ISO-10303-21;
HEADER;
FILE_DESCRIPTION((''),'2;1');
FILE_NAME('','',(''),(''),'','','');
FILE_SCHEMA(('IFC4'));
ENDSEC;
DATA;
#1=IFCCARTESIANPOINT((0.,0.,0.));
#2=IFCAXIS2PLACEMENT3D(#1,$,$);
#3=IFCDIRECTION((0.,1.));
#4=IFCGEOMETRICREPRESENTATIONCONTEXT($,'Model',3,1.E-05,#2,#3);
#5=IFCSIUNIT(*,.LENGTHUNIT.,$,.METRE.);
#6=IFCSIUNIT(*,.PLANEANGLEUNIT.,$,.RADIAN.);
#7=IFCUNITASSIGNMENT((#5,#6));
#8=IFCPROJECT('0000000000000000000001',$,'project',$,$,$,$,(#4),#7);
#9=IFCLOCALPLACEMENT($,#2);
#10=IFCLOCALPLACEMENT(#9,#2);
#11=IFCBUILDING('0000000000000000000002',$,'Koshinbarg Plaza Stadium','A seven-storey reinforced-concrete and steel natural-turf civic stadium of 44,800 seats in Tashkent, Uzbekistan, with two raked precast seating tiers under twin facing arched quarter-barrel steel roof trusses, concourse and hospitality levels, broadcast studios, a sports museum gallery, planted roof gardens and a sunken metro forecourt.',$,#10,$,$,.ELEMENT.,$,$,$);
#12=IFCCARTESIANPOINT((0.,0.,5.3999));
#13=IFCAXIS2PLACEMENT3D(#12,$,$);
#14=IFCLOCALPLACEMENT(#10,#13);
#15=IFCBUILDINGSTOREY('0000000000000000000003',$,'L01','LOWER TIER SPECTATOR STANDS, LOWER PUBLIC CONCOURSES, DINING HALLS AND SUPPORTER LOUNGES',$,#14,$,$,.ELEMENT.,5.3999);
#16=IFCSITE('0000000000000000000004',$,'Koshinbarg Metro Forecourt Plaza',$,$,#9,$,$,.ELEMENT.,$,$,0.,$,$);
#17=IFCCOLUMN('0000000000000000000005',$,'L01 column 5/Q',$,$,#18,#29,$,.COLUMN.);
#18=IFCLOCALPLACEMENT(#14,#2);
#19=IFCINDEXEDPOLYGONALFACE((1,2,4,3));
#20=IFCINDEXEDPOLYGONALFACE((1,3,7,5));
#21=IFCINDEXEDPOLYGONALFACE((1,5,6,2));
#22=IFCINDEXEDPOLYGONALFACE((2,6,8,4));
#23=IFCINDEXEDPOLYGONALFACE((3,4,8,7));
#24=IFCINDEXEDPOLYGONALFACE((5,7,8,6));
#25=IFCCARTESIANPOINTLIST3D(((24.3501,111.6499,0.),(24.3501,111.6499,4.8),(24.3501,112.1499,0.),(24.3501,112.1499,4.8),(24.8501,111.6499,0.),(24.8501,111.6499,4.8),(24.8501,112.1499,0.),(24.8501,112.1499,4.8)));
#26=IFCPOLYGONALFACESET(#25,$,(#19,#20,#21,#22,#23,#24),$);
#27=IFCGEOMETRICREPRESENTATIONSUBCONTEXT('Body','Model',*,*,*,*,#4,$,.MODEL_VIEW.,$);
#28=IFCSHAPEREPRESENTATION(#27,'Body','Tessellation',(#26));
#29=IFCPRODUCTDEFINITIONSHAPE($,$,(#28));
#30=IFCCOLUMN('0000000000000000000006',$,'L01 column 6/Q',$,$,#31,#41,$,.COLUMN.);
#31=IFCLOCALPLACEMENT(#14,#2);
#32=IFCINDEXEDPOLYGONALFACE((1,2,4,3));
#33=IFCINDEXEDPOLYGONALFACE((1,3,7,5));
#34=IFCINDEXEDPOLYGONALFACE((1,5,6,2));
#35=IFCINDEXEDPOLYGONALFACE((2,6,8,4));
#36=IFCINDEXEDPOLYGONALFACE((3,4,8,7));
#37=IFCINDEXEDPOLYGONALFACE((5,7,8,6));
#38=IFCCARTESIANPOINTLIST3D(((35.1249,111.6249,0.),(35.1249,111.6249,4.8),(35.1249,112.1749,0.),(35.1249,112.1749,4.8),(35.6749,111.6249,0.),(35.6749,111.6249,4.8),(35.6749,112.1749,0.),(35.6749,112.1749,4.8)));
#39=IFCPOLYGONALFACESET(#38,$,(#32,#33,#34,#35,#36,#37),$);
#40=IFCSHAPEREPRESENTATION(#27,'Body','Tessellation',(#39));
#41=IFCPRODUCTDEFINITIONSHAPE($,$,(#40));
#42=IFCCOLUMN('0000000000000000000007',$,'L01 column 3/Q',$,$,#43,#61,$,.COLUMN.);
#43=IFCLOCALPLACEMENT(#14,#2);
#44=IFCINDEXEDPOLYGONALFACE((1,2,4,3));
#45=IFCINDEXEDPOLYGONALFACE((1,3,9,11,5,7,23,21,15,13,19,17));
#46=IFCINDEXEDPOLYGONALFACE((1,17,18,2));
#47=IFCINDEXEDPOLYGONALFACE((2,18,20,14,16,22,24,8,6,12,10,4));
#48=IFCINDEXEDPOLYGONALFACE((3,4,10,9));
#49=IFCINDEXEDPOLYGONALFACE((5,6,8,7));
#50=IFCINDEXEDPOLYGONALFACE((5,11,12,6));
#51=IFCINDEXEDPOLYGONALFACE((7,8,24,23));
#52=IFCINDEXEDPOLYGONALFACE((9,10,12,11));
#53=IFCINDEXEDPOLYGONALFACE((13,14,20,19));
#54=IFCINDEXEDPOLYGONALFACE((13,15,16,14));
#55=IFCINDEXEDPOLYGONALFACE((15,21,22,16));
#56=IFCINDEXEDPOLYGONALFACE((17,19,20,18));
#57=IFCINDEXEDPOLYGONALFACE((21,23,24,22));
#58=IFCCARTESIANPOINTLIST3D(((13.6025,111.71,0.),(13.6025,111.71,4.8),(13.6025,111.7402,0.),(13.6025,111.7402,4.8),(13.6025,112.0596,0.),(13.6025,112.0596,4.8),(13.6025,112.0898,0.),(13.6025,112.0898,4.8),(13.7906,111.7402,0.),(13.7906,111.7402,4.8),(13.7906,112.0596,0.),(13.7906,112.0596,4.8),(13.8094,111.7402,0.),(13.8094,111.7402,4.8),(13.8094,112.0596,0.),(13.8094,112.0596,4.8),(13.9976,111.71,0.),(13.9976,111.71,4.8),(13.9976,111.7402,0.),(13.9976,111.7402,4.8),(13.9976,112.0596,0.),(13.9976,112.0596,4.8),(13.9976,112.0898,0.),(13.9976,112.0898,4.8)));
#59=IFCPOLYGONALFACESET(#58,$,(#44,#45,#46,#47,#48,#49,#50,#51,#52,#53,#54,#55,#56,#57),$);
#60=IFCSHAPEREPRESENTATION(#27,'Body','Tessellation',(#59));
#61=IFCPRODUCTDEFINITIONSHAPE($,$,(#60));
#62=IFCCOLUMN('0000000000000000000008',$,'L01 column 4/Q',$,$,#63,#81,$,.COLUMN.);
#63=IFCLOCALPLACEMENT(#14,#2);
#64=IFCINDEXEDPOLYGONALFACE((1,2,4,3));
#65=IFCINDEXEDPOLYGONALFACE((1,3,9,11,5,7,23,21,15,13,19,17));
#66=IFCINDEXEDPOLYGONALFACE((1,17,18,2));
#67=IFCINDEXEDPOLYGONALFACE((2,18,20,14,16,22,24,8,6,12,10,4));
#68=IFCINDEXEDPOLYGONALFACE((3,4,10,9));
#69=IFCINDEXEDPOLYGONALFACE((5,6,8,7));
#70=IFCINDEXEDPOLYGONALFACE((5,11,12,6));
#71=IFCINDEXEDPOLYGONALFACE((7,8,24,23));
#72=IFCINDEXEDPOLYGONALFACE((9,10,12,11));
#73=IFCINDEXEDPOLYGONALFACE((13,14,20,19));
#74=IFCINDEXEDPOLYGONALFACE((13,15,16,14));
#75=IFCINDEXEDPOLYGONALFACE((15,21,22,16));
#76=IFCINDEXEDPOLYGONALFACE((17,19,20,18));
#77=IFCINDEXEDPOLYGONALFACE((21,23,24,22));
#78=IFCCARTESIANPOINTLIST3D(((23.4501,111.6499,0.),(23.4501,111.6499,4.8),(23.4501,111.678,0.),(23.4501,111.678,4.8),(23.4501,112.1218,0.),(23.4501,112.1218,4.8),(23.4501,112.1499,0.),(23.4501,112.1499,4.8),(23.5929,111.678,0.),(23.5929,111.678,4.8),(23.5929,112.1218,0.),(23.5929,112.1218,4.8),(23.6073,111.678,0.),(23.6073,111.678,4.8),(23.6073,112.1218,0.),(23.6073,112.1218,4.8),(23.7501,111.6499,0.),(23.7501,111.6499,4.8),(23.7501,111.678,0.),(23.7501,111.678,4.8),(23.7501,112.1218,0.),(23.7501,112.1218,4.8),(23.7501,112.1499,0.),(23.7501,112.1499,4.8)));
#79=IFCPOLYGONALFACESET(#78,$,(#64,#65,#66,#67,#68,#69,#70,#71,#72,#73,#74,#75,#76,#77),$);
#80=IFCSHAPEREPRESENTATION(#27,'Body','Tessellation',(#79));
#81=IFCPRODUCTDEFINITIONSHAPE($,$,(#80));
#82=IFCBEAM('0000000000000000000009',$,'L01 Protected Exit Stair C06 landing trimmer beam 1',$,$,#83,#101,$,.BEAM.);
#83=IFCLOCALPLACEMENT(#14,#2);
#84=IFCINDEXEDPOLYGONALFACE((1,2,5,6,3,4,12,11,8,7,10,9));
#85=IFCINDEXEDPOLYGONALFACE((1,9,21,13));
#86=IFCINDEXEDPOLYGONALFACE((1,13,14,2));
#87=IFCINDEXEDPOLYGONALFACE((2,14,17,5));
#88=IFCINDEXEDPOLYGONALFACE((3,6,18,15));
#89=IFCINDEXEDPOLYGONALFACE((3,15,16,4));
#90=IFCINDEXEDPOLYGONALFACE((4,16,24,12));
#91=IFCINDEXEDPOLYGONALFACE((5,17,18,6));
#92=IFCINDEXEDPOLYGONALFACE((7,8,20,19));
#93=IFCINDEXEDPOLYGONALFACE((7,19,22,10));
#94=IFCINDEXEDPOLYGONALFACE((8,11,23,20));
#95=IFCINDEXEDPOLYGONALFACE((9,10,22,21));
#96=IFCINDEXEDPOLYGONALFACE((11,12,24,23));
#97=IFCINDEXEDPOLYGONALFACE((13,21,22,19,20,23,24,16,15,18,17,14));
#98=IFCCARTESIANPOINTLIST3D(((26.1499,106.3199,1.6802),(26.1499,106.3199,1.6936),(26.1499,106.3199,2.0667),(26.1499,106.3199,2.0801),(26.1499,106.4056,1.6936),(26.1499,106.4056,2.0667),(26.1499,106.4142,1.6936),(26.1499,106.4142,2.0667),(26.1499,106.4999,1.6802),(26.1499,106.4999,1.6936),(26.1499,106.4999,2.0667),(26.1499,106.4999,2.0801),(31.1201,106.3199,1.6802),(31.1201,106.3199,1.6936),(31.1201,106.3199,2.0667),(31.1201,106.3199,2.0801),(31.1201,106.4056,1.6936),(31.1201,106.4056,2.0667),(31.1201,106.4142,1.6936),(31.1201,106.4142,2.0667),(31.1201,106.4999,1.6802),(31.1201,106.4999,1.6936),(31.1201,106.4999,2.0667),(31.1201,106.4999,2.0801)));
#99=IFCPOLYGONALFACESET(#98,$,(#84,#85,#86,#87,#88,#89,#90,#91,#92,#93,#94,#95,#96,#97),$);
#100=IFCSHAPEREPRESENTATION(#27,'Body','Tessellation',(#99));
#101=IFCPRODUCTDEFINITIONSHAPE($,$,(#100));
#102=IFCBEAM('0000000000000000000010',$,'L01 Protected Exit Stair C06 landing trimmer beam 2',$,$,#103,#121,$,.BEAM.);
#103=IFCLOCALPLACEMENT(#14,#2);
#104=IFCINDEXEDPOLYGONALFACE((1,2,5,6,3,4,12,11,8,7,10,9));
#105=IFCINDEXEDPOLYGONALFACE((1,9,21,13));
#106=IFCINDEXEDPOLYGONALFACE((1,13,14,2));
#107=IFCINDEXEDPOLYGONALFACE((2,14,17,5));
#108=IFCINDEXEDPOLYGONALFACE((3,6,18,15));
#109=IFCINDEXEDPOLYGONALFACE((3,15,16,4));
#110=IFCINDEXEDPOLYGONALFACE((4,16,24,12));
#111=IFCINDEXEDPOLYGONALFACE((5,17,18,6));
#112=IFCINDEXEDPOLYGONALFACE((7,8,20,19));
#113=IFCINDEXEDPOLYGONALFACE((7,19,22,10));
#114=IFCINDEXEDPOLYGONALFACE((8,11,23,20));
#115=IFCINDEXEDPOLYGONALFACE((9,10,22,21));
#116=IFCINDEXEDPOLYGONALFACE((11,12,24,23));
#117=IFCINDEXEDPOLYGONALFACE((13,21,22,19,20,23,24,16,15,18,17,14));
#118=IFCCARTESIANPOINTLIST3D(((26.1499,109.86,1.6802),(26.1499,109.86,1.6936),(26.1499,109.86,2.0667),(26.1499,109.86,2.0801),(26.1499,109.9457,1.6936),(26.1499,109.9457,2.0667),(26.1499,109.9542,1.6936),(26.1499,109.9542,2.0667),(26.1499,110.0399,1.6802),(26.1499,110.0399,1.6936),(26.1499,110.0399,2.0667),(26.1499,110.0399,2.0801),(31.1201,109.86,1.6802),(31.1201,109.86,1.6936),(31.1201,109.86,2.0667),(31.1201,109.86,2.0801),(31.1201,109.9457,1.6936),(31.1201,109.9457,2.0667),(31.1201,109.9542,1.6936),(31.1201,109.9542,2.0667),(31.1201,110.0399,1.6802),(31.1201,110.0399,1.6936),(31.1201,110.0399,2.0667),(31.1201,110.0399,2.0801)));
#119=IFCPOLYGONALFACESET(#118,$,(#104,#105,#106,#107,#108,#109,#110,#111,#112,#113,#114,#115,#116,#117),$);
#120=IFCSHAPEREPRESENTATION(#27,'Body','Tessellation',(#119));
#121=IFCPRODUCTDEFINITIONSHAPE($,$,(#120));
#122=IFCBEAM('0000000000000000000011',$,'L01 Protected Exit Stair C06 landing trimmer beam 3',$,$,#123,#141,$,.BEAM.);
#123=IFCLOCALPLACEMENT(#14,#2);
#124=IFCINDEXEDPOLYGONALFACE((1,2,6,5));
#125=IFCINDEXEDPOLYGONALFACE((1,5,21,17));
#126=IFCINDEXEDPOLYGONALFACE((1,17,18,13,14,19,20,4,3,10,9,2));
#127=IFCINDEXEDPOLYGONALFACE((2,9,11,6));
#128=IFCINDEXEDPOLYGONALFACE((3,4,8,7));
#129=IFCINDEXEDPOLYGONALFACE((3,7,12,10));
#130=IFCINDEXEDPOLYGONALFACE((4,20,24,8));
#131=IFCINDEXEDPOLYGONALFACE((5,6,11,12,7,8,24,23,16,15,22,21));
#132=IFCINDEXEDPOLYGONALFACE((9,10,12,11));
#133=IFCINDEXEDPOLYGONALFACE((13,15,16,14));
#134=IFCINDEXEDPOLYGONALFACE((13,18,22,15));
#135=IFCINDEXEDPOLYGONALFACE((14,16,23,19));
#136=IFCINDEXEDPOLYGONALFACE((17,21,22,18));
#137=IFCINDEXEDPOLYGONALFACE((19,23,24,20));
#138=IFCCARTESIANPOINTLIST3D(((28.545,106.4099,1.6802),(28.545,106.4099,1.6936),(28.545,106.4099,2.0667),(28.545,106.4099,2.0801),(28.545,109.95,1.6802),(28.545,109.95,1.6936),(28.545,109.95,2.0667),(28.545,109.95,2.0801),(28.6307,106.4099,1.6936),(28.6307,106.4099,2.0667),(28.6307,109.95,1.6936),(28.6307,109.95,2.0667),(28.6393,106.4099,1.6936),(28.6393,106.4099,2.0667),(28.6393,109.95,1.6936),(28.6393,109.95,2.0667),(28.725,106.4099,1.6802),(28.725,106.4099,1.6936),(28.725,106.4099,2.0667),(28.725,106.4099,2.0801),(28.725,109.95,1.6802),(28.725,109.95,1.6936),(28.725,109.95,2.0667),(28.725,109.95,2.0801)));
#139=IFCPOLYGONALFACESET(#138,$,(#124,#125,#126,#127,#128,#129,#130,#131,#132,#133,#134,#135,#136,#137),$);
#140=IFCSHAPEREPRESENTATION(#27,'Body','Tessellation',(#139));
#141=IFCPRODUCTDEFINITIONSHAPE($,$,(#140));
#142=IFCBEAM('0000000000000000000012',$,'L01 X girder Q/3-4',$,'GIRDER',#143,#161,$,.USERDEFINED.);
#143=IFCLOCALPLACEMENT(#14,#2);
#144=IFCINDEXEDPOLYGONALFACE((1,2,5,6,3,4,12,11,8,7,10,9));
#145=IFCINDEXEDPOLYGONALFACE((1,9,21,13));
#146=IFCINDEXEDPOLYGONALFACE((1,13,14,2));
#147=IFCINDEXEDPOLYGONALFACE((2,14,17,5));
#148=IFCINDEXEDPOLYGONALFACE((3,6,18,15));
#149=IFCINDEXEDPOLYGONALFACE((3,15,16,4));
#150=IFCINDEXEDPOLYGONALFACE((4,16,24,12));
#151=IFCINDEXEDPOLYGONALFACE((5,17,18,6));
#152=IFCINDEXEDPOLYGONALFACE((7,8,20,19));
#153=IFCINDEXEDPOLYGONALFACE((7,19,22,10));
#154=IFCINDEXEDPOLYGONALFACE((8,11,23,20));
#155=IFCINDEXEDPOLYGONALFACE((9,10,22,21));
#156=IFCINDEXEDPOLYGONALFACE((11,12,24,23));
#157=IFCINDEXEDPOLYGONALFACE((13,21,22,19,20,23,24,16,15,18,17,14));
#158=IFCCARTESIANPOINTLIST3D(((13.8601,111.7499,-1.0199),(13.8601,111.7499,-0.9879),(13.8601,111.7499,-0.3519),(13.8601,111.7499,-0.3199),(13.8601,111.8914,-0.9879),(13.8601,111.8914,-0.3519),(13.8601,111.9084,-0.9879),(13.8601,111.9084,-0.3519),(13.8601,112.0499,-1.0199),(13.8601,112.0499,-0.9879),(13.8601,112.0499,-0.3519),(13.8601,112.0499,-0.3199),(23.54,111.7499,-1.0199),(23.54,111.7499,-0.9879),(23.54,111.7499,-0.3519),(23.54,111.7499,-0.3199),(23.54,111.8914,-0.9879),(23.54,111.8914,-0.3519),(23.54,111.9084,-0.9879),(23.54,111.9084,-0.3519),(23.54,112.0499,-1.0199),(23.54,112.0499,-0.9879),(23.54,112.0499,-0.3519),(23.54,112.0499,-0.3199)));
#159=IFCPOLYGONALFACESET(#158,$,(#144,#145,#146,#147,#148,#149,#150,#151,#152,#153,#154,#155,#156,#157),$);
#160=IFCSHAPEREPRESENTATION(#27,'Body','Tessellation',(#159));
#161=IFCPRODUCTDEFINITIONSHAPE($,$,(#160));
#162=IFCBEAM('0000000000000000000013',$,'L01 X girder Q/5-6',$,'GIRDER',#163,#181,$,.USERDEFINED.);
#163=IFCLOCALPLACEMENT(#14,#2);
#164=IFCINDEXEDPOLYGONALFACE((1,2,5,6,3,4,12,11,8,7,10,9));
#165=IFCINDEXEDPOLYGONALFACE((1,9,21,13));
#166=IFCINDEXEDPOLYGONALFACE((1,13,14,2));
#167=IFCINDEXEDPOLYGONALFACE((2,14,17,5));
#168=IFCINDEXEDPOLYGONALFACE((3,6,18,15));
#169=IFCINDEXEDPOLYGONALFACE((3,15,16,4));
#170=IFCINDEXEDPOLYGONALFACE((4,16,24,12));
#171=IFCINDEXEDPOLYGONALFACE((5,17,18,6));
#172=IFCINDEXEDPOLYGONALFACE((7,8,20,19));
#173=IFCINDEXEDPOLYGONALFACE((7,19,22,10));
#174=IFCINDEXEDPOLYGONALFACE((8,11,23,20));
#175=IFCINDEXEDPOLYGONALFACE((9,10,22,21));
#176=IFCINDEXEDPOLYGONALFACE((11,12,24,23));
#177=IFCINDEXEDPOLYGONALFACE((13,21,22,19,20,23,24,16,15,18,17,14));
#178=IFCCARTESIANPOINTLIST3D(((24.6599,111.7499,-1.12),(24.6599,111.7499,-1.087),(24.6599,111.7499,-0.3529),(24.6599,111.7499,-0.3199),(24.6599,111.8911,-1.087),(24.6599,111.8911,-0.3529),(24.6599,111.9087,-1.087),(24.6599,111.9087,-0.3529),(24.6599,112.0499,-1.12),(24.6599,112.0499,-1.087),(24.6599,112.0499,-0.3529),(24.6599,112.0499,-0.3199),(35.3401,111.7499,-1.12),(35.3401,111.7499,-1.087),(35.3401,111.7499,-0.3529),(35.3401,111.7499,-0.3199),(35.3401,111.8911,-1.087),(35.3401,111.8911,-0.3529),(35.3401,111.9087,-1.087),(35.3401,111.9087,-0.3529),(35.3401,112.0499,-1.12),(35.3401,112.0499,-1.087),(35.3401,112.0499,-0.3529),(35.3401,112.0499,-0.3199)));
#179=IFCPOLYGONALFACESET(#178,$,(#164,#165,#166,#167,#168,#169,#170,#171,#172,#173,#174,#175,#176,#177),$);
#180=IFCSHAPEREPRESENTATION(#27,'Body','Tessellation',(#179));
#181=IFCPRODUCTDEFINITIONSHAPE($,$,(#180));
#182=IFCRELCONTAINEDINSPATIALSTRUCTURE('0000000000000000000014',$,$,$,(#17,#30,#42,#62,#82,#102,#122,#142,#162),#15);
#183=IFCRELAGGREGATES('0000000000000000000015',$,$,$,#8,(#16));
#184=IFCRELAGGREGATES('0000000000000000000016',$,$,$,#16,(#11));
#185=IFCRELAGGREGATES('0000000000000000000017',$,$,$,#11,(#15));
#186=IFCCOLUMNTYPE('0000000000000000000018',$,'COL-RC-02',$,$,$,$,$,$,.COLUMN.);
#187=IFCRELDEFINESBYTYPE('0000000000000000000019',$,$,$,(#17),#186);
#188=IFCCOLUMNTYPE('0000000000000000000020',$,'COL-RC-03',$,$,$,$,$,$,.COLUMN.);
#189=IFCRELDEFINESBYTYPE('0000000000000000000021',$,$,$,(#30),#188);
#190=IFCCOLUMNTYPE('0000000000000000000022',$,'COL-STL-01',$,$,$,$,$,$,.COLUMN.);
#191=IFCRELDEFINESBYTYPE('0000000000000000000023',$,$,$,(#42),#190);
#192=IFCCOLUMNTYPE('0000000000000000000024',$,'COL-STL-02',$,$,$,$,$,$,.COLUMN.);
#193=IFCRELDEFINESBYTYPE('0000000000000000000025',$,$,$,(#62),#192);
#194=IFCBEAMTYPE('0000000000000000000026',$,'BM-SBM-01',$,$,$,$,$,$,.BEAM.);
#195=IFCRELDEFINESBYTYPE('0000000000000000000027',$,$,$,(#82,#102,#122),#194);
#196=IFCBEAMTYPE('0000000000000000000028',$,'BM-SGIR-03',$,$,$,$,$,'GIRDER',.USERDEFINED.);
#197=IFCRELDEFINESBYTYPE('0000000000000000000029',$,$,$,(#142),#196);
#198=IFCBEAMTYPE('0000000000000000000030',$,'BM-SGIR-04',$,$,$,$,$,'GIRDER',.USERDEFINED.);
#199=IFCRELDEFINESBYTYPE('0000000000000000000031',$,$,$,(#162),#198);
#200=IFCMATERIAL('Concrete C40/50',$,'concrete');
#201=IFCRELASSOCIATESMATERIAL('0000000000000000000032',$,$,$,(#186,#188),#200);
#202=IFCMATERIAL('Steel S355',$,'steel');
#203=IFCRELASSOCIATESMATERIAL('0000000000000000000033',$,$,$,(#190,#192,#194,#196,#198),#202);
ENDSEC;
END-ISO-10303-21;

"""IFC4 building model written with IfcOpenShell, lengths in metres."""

from ifc_helpers import new_model, si_unit, direction, frame, origin, origin_2d, place, context, subcontext, project, spatial, rectangle, i_section, extrude, material, material_profile, profile_set, type_object, element, save


model = new_model("IFC4")

# Units and contexts
model_context = context("Model", 3, precision=1e-05, world=origin(), true_north=direction((0.0, 1.0)))
body_context = subcontext(model_context, "Body", "Model", "MODEL_VIEW")
ifc_project = project(units=[si_unit("LENGTHUNIT", "METRE"), si_unit("PLANEANGLEUNIT", "RADIAN")], contexts=[model_context])

# Site, building, storey
site_placement = place(None, origin())
site = spatial("IfcSite", under=ifc_project, at=site_placement, Name="Koshinbarg Metro Forecourt Plaza", CompositionType="ELEMENT", RefElevation=0.0)
building_placement = place(site_placement, origin())
building = spatial("IfcBuilding", under=site, at=building_placement, Name="Koshinbarg Plaza Stadium", Description="A seven-storey reinforced-concrete and steel natural-turf civic stadium of 44,800 seats in Tashkent, Uzbekistan, with two raked precast seating tiers under twin facing arched quarter-barrel steel roof trusses, concourse and hospitality levels, broadcast studios, a sports museum gallery, planted roof gardens and a sunken metro forecourt.", CompositionType="ELEMENT")
storey_placement = place(building_placement, frame((0.0, 0.0, 5.3999)))
storey = spatial("IfcBuildingStorey", under=building, at=storey_placement, Name="L01", Description="LOWER TIER SPECTATOR STANDS, LOWER PUBLIC CONCOURSES, DINING HALLS AND SUPPORTER LOUNGES", CompositionType="ELEMENT", Elevation=5.3999)

# Columns
ifc_material_1 = material(Name="Concrete C40/50", Category="concrete")
ifc_material_profile_1 = material_profile(ifc_material_1, rectangle(XDim=0.5, YDim=0.5, at=origin_2d()), Name="RC 500x500")
ifc_profile_set_1 = profile_set([ifc_material_profile_1], Name="Concrete C40/50")
column_type_1 = type_object("IfcColumnType", Name="COL-RC-02", PredefinedType="COLUMN", material=ifc_profile_set_1)
column_1_placement = place(storey_placement, frame((24.6001, 111.8999, 0.0), z_axis=(0.0, 0.0, 1.0), x_axis=(1.0, 0.0, 0.0)))
element("IfcColumn", 1, at=column_1_placement, inside=storey, type_object=column_type_1, Name="L01 column 5/Q", PredefinedType="COLUMN", context=body_context, shape_type="SweptSolid", body=[
    extrude(rectangle(XDim=0.5, YDim=0.5, at=origin_2d()), origin(), (0.0, 0.0, 1.0), 4.8),
])
ifc_material_profile_2 = material_profile(ifc_material_1, rectangle(XDim=0.55, YDim=0.55, at=origin_2d()), Name="RC 550x550")
ifc_profile_set_2 = profile_set([ifc_material_profile_2], Name="Concrete C40/50")
column_type_2 = type_object("IfcColumnType", Name="COL-RC-03", PredefinedType="COLUMN", material=ifc_profile_set_2)
column_2_placement = place(storey_placement, frame((35.3999, 111.8999, 0.0), z_axis=(0.0, 0.0, 1.0), x_axis=(1.0, 0.0, 0.0)))
element("IfcColumn", 2, at=column_2_placement, inside=storey, type_object=column_type_2, Name="L01 column 6/Q", PredefinedType="COLUMN", context=body_context, shape_type="SweptSolid", body=[
    extrude(rectangle(XDim=0.55, YDim=0.55, at=origin_2d()), origin(), (0.0, 0.0, 1.0), 4.8),
])
ifc_material_2 = material(Name="Steel S355", Category="steel")
ifc_material_profile_3 = material_profile(ifc_material_2, i_section(OverallWidth=0.395, OverallDepth=0.3799, WebThickness=0.0188, FlangeThickness=0.0303, at=origin_2d()), Name="HD 400x237")
ifc_profile_set_3 = profile_set([ifc_material_profile_3], Name="Steel S355")
column_type_3 = type_object("IfcColumnType", Name="COL-STL-01", PredefinedType="COLUMN", material=ifc_profile_set_3)
column_3_placement = place(storey_placement, frame((13.8, 111.8999, 0.0), z_axis=(0.0, 0.0, 1.0), x_axis=(1.0, 0.0, 0.0)))
element("IfcColumn", 3, at=column_3_placement, inside=storey, type_object=column_type_3, Name="L01 column 3/Q", PredefinedType="COLUMN", context=body_context, shape_type="SweptSolid", body=[
    extrude(i_section(OverallWidth=0.395, OverallDepth=0.3799, WebThickness=0.0188, FlangeThickness=0.0303, at=origin_2d()), origin(), (0.0, 0.0, 1.0), 4.8),
])
ifc_material_profile_4 = material_profile(ifc_material_2, i_section(OverallWidth=0.3, OverallDepth=0.5, WebThickness=0.0144, FlangeThickness=0.0281, at=origin_2d()), Name="HEB 500")
ifc_profile_set_4 = profile_set([ifc_material_profile_4], Name="Steel S355")
column_type_4 = type_object("IfcColumnType", Name="COL-STL-02", PredefinedType="COLUMN", material=ifc_profile_set_4)
column_4_placement = place(storey_placement, frame((23.6001, 111.8999, 0.0), z_axis=(0.0, 0.0, 1.0), x_axis=(1.0, 0.0, 0.0)))
element("IfcColumn", 4, at=column_4_placement, inside=storey, type_object=column_type_4, Name="L01 column 4/Q", PredefinedType="COLUMN", context=body_context, shape_type="SweptSolid", body=[
    extrude(i_section(OverallWidth=0.3, OverallDepth=0.5, WebThickness=0.0144, FlangeThickness=0.0281, at=origin_2d()), origin(), (0.0, 0.0, 1.0), 4.8),
])

# Beams
ifc_material_profile_5 = material_profile(ifc_material_2, i_section(OverallWidth=0.1799, OverallDepth=0.3999, WebThickness=0.0085, FlangeThickness=0.0134, at=origin_2d()), Name="IPE 400")
ifc_profile_set_5 = profile_set([ifc_material_profile_5], Name="Steel S355")
beam_type_1 = type_object("IfcBeamType", Name="BM-SBM-01", PredefinedType="BEAM", material=ifc_profile_set_5)
for number, where, z_axis, x_axis, name in (
    (5, (26.1499, 106.4099, 1.8801), (1.0, 0.0, 0.0), (0.0, 1.0, 0.0), "L01 Protected Exit Stair C06 landing trimmer beam 1"),
    (6, (26.1499, 109.95, 1.8801), (1.0, 0.0, 0.0), (0.0, 1.0, 0.0), "L01 Protected Exit Stair C06 landing trimmer beam 2"),
):
    element("IfcBeam", number, at=place(storey_placement, frame(where, z_axis=z_axis, x_axis=x_axis)), inside=storey, type_object=beam_type_1, Name=name, PredefinedType="BEAM", context=body_context, shape_type="SweptSolid", body=[
        extrude(i_section(OverallWidth=0.1799, OverallDepth=0.3999, WebThickness=0.0085, FlangeThickness=0.0134, at=origin_2d()), origin(), (0.0, 0.0, 1.0), 4.9702),
    ])
beam_1_placement = place(storey_placement, frame((28.635, 106.4099, 1.8801), z_axis=(0.0, 1.0, 0.0), x_axis=(-1.0, 0.0, 0.0)))
element("IfcBeam", 7, at=beam_1_placement, inside=storey, type_object=beam_type_1, Name="L01 Protected Exit Stair C06 landing trimmer beam 3", PredefinedType="BEAM", context=body_context, shape_type="SweptSolid", body=[
    extrude(i_section(OverallWidth=0.1799, OverallDepth=0.3999, WebThickness=0.0085, FlangeThickness=0.0134, at=origin_2d()), origin(), (0.0, 0.0, 1.0), 3.54),
])
ifc_material_profile_6 = material_profile(ifc_material_2, i_section(OverallWidth=0.3, OverallDepth=0.7, WebThickness=0.0171, FlangeThickness=0.032, at=origin_2d()), Name="HEB 700")
ifc_profile_set_6 = profile_set([ifc_material_profile_6], Name="Steel S355")
beam_type_2 = type_object("IfcBeamType", Name="BM-SGIR-03", ElementType="GIRDER", PredefinedType="USERDEFINED", material=ifc_profile_set_6)
beam_2_placement = place(storey_placement, frame((13.8601, 111.8999, -0.6699), z_axis=(1.0, 0.0, 0.0), x_axis=(0.0, 1.0, 0.0)))
element("IfcBeam", 8, at=beam_2_placement, inside=storey, type_object=beam_type_2, Name="L01 X girder Q/3-4", ObjectType="GIRDER", PredefinedType="USERDEFINED", context=body_context, shape_type="SweptSolid", body=[
    extrude(i_section(OverallWidth=0.3, OverallDepth=0.7, WebThickness=0.0171, FlangeThickness=0.032, at=origin_2d()), origin(), (0.0, 0.0, 1.0), 9.6799),
])
ifc_material_profile_7 = material_profile(ifc_material_2, i_section(OverallWidth=0.3, OverallDepth=0.8, WebThickness=0.0176, FlangeThickness=0.033, at=origin_2d()), Name="HEB 800")
ifc_profile_set_7 = profile_set([ifc_material_profile_7], Name="Steel S355")
beam_type_3 = type_object("IfcBeamType", Name="BM-SGIR-04", ElementType="GIRDER", PredefinedType="USERDEFINED", material=ifc_profile_set_7)
beam_3_placement = place(storey_placement, frame((24.6599, 111.8999, -0.72), z_axis=(1.0, 0.0, 0.0), x_axis=(0.0, 1.0, 0.0)))
element("IfcBeam", 9, at=beam_3_placement, inside=storey, type_object=beam_type_3, Name="L01 X girder Q/5-6", ObjectType="GIRDER", PredefinedType="USERDEFINED", context=body_context, shape_type="SweptSolid", body=[
    extrude(i_section(OverallWidth=0.3, OverallDepth=0.8, WebThickness=0.0176, FlangeThickness=0.033, at=origin_2d()), origin(), (0.0, 0.0, 1.0), 10.6802),
])

save(model, "model.ifc")
